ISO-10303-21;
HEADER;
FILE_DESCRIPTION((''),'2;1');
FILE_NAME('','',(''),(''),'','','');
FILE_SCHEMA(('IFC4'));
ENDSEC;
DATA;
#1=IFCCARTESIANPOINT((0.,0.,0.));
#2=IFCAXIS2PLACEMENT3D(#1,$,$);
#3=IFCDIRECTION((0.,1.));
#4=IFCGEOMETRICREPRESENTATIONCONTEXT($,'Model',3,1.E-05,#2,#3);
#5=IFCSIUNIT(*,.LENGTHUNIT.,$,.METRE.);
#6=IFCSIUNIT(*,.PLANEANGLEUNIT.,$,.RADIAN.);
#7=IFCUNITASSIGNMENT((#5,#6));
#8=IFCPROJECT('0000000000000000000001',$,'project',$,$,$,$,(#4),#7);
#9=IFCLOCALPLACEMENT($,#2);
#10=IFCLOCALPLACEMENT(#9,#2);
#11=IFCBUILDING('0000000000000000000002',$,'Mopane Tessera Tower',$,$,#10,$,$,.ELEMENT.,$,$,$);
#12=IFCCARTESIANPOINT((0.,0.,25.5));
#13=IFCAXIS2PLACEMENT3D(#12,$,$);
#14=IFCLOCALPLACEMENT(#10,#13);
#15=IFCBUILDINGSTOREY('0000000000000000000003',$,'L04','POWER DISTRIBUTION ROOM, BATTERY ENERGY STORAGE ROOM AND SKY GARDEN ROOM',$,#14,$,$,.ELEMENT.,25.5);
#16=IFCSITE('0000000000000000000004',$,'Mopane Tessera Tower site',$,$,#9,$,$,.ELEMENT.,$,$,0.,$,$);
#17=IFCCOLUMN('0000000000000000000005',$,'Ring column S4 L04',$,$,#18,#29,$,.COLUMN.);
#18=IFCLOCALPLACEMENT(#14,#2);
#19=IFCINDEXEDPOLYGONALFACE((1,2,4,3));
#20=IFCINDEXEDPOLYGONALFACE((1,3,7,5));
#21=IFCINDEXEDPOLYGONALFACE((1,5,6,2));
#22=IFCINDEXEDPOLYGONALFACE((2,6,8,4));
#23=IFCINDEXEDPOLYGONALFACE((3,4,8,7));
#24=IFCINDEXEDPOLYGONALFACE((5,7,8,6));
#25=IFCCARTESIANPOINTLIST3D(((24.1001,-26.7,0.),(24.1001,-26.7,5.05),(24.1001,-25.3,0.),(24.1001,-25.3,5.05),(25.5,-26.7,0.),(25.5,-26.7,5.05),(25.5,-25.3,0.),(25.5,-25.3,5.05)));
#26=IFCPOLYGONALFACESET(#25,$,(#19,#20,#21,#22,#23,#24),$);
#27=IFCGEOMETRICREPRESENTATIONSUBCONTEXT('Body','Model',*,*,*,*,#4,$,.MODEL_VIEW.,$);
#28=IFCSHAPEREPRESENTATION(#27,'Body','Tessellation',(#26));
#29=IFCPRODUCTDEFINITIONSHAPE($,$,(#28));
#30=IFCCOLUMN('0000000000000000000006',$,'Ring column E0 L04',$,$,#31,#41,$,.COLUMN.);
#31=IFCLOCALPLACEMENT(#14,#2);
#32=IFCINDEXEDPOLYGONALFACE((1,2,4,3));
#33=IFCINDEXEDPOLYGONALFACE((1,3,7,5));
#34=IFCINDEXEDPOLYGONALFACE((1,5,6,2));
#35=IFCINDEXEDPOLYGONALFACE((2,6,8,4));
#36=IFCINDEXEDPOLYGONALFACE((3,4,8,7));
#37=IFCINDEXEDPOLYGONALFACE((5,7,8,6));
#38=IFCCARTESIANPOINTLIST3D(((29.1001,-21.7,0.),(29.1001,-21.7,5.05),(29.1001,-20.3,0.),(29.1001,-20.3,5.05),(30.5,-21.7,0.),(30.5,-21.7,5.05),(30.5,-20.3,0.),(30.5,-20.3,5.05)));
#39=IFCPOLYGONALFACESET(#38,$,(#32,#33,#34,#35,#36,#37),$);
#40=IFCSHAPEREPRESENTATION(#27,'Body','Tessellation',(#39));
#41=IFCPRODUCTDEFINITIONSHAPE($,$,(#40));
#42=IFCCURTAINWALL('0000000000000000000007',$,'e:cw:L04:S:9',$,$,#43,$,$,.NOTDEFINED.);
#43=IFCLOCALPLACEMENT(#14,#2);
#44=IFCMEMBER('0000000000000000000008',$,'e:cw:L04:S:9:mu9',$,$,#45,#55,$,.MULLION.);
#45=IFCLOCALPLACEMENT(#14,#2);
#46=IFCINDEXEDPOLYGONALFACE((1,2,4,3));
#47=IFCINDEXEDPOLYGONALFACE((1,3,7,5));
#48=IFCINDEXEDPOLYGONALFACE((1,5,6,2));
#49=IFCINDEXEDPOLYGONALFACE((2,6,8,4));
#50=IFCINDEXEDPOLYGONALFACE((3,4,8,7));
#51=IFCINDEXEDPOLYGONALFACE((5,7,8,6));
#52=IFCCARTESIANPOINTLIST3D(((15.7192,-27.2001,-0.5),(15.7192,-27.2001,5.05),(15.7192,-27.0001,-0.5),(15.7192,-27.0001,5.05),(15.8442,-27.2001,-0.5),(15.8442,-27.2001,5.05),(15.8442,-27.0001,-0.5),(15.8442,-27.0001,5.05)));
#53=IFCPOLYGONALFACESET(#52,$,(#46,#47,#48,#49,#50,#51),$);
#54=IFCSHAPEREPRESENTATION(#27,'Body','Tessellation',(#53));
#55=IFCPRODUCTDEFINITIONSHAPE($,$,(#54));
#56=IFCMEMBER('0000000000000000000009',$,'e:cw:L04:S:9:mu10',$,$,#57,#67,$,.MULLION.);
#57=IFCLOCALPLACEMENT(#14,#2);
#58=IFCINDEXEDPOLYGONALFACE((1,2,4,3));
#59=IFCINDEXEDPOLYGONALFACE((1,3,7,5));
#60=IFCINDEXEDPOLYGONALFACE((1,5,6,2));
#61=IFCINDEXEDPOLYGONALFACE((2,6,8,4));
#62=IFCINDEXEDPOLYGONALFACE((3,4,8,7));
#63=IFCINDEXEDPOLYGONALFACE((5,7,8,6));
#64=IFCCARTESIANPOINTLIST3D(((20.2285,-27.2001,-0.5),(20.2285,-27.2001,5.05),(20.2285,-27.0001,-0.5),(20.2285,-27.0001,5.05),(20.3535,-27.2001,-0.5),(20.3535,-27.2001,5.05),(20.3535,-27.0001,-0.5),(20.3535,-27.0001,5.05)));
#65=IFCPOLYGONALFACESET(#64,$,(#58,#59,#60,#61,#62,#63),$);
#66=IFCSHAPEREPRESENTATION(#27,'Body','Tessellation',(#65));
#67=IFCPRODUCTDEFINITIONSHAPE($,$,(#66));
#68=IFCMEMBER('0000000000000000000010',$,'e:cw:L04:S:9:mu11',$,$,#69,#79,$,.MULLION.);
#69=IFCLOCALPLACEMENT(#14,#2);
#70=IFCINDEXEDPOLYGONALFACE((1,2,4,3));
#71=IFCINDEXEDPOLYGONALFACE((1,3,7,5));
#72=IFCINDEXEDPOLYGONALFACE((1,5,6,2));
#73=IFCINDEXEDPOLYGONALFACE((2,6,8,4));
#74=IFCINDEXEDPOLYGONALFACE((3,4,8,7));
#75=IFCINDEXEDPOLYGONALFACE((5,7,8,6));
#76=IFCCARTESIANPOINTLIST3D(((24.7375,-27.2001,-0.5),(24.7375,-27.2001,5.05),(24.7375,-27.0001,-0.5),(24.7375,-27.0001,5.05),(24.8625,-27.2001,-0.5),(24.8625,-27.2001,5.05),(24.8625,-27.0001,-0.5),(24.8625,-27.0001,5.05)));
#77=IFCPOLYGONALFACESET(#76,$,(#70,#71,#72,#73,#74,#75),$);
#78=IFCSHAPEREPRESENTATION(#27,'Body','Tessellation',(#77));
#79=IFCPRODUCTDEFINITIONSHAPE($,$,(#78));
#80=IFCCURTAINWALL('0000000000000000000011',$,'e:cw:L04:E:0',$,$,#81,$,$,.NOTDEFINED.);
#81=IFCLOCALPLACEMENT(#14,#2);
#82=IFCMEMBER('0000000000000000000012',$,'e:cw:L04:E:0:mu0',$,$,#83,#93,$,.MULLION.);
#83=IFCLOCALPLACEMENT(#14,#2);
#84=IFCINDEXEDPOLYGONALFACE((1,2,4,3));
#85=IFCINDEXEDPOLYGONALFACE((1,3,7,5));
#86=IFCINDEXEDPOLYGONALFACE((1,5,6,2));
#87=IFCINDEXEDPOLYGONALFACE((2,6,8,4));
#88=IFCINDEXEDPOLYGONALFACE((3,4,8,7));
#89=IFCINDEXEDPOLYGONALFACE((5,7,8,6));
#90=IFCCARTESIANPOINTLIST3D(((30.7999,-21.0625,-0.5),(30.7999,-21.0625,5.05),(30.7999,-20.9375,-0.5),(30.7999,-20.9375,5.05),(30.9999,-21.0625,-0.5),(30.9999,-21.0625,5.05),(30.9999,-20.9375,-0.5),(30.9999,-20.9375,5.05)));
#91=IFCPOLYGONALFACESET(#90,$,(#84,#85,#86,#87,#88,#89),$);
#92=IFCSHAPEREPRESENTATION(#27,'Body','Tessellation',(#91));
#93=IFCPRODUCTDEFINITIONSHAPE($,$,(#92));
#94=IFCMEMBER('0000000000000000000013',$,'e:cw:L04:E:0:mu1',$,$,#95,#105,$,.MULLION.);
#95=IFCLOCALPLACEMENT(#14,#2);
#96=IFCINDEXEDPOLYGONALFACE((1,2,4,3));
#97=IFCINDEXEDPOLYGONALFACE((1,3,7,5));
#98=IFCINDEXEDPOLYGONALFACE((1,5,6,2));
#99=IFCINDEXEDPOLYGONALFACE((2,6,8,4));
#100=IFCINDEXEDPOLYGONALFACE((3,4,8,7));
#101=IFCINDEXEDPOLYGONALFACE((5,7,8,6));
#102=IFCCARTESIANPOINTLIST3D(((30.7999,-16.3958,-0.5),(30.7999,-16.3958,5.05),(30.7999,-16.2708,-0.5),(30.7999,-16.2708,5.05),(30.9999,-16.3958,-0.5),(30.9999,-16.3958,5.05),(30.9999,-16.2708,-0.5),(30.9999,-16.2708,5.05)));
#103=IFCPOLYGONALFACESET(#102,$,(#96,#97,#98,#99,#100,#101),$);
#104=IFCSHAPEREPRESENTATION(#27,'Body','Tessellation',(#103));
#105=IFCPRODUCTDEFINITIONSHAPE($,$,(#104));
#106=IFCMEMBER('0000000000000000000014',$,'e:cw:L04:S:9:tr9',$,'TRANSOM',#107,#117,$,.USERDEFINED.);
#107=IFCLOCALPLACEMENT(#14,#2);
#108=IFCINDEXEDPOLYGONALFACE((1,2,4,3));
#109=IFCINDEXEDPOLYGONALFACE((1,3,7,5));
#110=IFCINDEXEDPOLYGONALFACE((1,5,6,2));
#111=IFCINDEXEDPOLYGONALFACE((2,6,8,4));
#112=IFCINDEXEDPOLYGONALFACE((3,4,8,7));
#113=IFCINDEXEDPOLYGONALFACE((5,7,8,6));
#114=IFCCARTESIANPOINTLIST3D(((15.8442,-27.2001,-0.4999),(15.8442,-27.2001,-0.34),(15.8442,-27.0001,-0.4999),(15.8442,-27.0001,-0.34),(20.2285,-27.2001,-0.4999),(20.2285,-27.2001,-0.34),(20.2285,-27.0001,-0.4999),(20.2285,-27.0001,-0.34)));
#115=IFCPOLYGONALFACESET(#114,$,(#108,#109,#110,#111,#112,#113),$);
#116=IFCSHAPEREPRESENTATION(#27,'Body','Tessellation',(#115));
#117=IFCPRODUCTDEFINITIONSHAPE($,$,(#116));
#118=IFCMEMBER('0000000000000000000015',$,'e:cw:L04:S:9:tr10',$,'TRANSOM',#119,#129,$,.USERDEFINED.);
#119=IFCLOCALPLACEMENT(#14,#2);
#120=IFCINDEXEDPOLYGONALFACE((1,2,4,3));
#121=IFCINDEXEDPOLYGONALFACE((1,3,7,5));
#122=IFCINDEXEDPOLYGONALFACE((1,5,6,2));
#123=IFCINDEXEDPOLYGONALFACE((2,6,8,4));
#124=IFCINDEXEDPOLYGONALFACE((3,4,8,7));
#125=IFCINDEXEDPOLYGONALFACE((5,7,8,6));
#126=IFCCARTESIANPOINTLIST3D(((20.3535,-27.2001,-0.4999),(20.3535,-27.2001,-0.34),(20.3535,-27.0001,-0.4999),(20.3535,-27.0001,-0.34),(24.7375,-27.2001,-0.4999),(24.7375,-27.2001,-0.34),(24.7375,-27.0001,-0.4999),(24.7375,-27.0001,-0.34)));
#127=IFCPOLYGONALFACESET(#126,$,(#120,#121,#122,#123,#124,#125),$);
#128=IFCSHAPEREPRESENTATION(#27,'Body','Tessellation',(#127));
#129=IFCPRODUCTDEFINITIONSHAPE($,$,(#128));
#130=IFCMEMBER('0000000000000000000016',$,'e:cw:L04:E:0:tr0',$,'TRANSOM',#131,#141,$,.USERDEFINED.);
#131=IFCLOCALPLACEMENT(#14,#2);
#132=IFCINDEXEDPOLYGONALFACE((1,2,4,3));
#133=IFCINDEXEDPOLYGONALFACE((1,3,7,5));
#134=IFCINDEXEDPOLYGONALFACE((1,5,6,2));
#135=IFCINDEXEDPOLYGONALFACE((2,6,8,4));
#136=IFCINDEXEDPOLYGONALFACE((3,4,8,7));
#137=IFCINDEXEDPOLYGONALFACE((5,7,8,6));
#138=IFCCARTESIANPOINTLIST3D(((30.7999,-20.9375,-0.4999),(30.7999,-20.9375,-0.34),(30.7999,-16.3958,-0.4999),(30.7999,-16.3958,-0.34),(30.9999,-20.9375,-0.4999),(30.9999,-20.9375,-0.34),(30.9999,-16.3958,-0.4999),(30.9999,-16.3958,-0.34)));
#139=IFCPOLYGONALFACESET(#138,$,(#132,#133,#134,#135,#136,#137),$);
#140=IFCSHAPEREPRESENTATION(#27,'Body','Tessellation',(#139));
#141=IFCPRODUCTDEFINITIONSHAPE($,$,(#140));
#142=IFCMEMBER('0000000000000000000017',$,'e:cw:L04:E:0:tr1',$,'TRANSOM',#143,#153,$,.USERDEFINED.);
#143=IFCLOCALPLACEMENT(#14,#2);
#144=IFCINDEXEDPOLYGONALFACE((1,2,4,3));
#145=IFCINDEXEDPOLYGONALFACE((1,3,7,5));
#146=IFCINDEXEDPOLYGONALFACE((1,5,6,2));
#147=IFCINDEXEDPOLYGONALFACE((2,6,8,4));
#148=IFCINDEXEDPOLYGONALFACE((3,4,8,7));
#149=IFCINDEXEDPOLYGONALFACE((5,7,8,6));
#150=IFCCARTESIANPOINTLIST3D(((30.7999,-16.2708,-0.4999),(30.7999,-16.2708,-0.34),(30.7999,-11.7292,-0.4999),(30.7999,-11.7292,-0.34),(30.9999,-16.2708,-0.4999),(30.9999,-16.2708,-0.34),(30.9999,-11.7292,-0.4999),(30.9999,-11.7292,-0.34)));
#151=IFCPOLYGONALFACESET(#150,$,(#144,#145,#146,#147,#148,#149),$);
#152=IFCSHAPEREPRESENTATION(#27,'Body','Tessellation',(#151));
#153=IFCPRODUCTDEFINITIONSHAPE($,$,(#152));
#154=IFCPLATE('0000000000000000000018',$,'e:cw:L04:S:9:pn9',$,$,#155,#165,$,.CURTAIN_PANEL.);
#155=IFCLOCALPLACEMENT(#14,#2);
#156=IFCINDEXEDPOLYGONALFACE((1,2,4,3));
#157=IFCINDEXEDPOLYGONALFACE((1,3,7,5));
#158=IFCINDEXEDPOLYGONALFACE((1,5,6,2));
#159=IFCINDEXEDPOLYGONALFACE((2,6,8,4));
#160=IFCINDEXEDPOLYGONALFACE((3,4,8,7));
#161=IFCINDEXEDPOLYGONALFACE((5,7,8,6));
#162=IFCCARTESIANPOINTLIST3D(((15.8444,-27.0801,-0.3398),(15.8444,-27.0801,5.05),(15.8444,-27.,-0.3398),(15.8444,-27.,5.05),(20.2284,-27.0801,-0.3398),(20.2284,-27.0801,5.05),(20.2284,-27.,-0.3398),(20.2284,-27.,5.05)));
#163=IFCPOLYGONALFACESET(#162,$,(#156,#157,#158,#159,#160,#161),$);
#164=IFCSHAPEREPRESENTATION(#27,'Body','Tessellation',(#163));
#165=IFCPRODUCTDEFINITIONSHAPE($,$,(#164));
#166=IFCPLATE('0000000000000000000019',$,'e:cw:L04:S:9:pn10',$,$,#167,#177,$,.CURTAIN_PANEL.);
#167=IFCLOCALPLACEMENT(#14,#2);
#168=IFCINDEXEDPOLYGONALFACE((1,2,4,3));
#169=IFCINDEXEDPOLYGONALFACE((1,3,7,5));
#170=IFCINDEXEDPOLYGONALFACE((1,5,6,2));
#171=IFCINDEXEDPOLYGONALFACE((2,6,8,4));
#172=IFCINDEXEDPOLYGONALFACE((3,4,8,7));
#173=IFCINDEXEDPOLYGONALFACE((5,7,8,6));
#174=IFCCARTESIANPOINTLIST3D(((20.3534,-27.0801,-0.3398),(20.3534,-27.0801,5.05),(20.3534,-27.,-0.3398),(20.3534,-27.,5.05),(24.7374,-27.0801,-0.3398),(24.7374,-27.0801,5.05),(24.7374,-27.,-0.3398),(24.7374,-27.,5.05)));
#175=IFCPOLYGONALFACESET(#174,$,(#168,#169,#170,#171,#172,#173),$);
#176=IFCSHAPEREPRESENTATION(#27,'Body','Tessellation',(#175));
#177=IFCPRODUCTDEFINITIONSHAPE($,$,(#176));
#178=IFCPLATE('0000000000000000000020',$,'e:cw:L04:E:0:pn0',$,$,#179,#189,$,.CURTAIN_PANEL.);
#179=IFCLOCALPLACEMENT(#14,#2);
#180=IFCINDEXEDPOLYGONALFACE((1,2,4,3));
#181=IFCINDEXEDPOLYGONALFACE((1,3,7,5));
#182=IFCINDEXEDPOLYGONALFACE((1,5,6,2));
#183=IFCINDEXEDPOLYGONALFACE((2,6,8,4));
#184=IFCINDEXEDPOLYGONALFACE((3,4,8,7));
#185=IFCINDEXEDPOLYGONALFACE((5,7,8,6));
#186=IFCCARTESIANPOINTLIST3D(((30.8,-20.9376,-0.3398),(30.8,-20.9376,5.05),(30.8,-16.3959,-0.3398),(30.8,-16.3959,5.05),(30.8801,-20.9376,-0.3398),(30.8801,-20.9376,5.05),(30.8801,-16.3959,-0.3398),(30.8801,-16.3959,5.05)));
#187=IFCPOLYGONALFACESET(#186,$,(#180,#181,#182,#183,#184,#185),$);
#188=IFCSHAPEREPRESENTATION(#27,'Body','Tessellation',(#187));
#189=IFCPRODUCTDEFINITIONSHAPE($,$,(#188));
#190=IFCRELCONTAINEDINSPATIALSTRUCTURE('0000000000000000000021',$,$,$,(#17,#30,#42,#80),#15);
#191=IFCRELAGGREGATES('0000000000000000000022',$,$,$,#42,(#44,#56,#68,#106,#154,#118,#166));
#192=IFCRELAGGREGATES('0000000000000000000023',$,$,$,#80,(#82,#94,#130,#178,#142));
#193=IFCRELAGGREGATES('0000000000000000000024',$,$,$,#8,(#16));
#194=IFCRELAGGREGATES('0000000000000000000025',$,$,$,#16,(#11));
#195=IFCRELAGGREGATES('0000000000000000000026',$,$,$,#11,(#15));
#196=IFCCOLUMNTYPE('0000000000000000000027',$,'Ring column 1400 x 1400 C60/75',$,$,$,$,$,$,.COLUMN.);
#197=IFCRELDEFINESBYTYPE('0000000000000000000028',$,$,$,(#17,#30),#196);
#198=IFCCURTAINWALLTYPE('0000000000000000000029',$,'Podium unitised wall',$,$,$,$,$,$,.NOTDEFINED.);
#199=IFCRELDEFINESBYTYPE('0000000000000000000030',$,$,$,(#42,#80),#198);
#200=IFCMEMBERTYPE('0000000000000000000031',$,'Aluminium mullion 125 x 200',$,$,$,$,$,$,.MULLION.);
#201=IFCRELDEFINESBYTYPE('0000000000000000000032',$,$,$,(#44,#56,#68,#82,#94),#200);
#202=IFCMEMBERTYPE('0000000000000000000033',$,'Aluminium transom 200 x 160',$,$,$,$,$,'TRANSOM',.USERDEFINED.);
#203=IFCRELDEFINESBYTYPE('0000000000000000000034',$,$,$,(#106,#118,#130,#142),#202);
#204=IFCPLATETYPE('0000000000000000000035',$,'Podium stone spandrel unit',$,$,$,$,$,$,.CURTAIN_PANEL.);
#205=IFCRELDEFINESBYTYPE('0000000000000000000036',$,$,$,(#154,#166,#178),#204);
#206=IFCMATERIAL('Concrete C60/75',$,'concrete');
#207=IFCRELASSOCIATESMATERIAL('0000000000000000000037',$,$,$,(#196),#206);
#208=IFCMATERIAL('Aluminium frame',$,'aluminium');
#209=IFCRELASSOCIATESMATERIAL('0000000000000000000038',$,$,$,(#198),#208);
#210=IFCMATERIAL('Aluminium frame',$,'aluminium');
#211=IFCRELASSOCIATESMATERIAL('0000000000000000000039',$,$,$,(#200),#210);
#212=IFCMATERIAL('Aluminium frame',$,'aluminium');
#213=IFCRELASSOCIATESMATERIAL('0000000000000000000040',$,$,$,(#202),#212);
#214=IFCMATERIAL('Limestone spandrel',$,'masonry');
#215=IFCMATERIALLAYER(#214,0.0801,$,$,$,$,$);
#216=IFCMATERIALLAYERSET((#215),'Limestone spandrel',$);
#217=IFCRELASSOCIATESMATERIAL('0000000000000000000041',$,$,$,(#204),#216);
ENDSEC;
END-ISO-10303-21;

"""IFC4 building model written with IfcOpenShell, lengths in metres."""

from ifc_helpers import new_model, si_unit, direction, frame, origin, origin_2d, place, context, subcontext, project, spatial, rectangle, extrude, material, layer, layer_set, material_profile, profile_set, type_object, element, aggregate, save


model = new_model("IFC4")

# Units and contexts
model_context = context("Model", 3, precision=1e-05, world=origin(), true_north=direction((0.0, 1.0)))
body_context = subcontext(model_context, "Body", "Model", "MODEL_VIEW")
ifc_project = project(units=[si_unit("LENGTHUNIT", "METRE"), si_unit("PLANEANGLEUNIT", "RADIAN")], contexts=[model_context])

# Site, building, storey
site_placement = place(None, origin())
site = spatial("IfcSite", under=ifc_project, at=site_placement, Name="Mopane Tessera Tower site", CompositionType="ELEMENT", RefElevation=0.0)
building_placement = place(site_placement, origin())
building = spatial("IfcBuilding", under=site, at=building_placement, Name="Mopane Tessera Tower", CompositionType="ELEMENT")
storey_placement = place(building_placement, frame((0.0, 0.0, 25.5)))
storey = spatial("IfcBuildingStorey", under=building, at=storey_placement, Name="L04", Description="POWER DISTRIBUTION ROOM, BATTERY ENERGY STORAGE ROOM AND SKY GARDEN ROOM", CompositionType="ELEMENT", Elevation=25.5)

# Columns
ifc_material_1 = material(Name="Concrete C60/75", Category="concrete")
ifc_material_profile_1 = material_profile(ifc_material_1, rectangle(XDim=1.3999, YDim=1.3999, at=origin_2d()))
ifc_profile_set_1 = profile_set([ifc_material_profile_1], Name="Concrete C60/75")
column_type = type_object("IfcColumnType", Name="Ring column 1400 x 1400 C60/75", PredefinedType="COLUMN", material=ifc_profile_set_1)
for number, where, z_axis, x_axis, name in (
    (1, (24.8, -26.0, 0.0), (0.0, 0.0, 1.0), (1.0, 0.0, 0.0), "Ring column S4 L04"),
    (2, (29.8, -21.0, 0.0), (0.0, 0.0, 1.0), (1.0, 0.0, 0.0), "Ring column E0 L04"),
):
    element("IfcColumn", number, at=place(storey_placement, frame(where, z_axis=z_axis, x_axis=x_axis)), inside=storey, type_object=column_type, Name=name, PredefinedType="COLUMN", context=body_context, shape_type="SweptSolid", body=[
        extrude(rectangle(XDim=1.3999, YDim=1.3999, at=origin_2d()), origin(), (0.0, 0.0, 1.0), 5.05),
    ])

# Curtain walls, members
ifc_material_2 = material(Name="Aluminium frame", Category="aluminium")
curtain_wall_type = type_object("IfcCurtainWallType", Name="Podium unitised wall", PredefinedType="NOTDEFINED", material=ifc_material_2)
curtain_wall_1_placement = place(storey_placement, origin())
curtain_wall_1 = element("IfcCurtainWall", 3, at=curtain_wall_1_placement, inside=storey, type_object=curtain_wall_type, Name="e:cw:L04:S:9", PredefinedType="NOTDEFINED")
ifc_material_3 = material(Name="Aluminium frame", Category="aluminium")
ifc_material_profile_2 = material_profile(ifc_material_3, rectangle(XDim=0.125, YDim=0.2, at=origin_2d()))
ifc_profile_set_2 = profile_set([ifc_material_profile_2], Name="Aluminium frame")
member_type_1 = type_object("IfcMemberType", Name="Aluminium mullion 125 x 200", PredefinedType="MULLION", material=ifc_profile_set_2)
member_1_placement = place(storey_placement, frame((15.7817, -27.1001, -0.5), z_axis=(0.0, 0.0, 1.0), x_axis=(1.0, 0.0, 0.0)))
member_1 = element("IfcMember", 4, at=member_1_placement, type_object=member_type_1, Name="e:cw:L04:S:9:mu9", PredefinedType="MULLION", context=body_context, shape_type="SweptSolid", body=[
    extrude(rectangle(XDim=0.125, YDim=0.2, at=origin_2d()), origin(), (0.0, 0.0, 1.0), 5.55),
])
member_2_placement = place(storey_placement, frame((20.291, -27.1001, -0.5), z_axis=(0.0, 0.0, 1.0), x_axis=(1.0, 0.0, 0.0)))
member_2 = element("IfcMember", 5, at=member_2_placement, type_object=member_type_1, Name="e:cw:L04:S:9:mu10", PredefinedType="MULLION", context=body_context, shape_type="SweptSolid", body=[
    extrude(rectangle(XDim=0.125, YDim=0.2, at=origin_2d()), origin(), (0.0, 0.0, 1.0), 5.55),
])
member_3_placement = place(storey_placement, frame((24.8, -27.1001, -0.5), z_axis=(0.0, 0.0, 1.0), x_axis=(1.0, 0.0, 0.0)))
member_3 = element("IfcMember", 6, at=member_3_placement, type_object=member_type_1, Name="e:cw:L04:S:9:mu11", PredefinedType="MULLION", context=body_context, shape_type="SweptSolid", body=[
    extrude(rectangle(XDim=0.125, YDim=0.2, at=origin_2d()), origin(), (0.0, 0.0, 1.0), 5.55),
])
curtain_wall_2_placement = place(storey_placement, origin())
curtain_wall_2 = element("IfcCurtainWall", 7, at=curtain_wall_2_placement, inside=storey, type_object=curtain_wall_type, Name="e:cw:L04:E:0", PredefinedType="NOTDEFINED")
member_4_placement = place(storey_placement, frame((30.8999, -21.0, -0.5), z_axis=(0.0, 0.0, 1.0), x_axis=(0.0, 1.0, 0.0)))
member_4 = element("IfcMember", 8, at=member_4_placement, type_object=member_type_1, Name="e:cw:L04:E:0:mu0", PredefinedType="MULLION", context=body_context, shape_type="SweptSolid", body=[
    extrude(rectangle(XDim=0.125, YDim=0.2, at=origin_2d()), origin(), (0.0, 0.0, 1.0), 5.55),
])
member_5_placement = place(storey_placement, frame((30.8999, -16.3333, -0.5), z_axis=(0.0, 0.0, 1.0), x_axis=(0.0, 1.0, 0.0)))
member_5 = element("IfcMember", 9, at=member_5_placement, type_object=member_type_1, Name="e:cw:L04:E:0:mu1", PredefinedType="MULLION", context=body_context, shape_type="SweptSolid", body=[
    extrude(rectangle(XDim=0.125, YDim=0.2, at=origin_2d()), origin(), (0.0, 0.0, 1.0), 5.55),
])

# Members
ifc_material_4 = material(Name="Aluminium frame", Category="aluminium")
ifc_material_profile_3 = material_profile(ifc_material_4, rectangle(XDim=0.2, YDim=0.1599, at=origin_2d()))
ifc_profile_set_3 = profile_set([ifc_material_profile_3], Name="Aluminium frame")
member_type_2 = type_object("IfcMemberType", Name="Aluminium transom 200 x 160", ElementType="TRANSOM", PredefinedType="USERDEFINED", material=ifc_profile_set_3)
member_6_placement = place(storey_placement, frame((15.8442, -27.1001, -0.4199), z_axis=(1.0, 0.0, 0.0), x_axis=(0.0, 1.0, 0.0)))
member_6 = element("IfcMember", 10, at=member_6_placement, type_object=member_type_2, Name="e:cw:L04:S:9:tr9", ObjectType="TRANSOM", PredefinedType="USERDEFINED", context=body_context, shape_type="SweptSolid", body=[
    extrude(rectangle(XDim=0.2, YDim=0.1599, at=origin_2d()), origin(), (0.0, 0.0, 1.0), 4.3843),
])
member_7_placement = place(storey_placement, frame((20.3535, -27.1001, -0.4199), z_axis=(1.0, 0.0, 0.0), x_axis=(0.0, 1.0, 0.0)))
member_7 = element("IfcMember", 11, at=member_7_placement, type_object=member_type_2, Name="e:cw:L04:S:9:tr10", ObjectType="TRANSOM", PredefinedType="USERDEFINED", context=body_context, shape_type="SweptSolid", body=[
    extrude(rectangle(XDim=0.2, YDim=0.1599, at=origin_2d()), origin(), (0.0, 0.0, 1.0), 4.384),
])
member_8_placement = place(storey_placement, frame((30.8999, -20.9375, -0.4199), z_axis=(0.0, 1.0, 0.0), x_axis=(-1.0, 0.0, 0.0)))
member_8 = element("IfcMember", 12, at=member_8_placement, type_object=member_type_2, Name="e:cw:L04:E:0:tr0", ObjectType="TRANSOM", PredefinedType="USERDEFINED", context=body_context, shape_type="SweptSolid", body=[
    extrude(rectangle(XDim=0.2, YDim=0.1599, at=origin_2d()), origin(), (0.0, 0.0, 1.0), 4.5417),
])
member_9_placement = place(storey_placement, frame((30.8999, -16.2708, -0.4199), z_axis=(0.0, 1.0, 0.0), x_axis=(-1.0, 0.0, 0.0)))
member_9 = element("IfcMember", 13, at=member_9_placement, type_object=member_type_2, Name="e:cw:L04:E:0:tr1", ObjectType="TRANSOM", PredefinedType="USERDEFINED", context=body_context, shape_type="SweptSolid", body=[
    extrude(rectangle(XDim=0.2, YDim=0.1599, at=origin_2d()), origin(), (0.0, 0.0, 1.0), 4.5415),
])

# Plates
ifc_material_5 = material(Name="Limestone spandrel", Category="masonry")
ifc_layer_1 = layer(ifc_material_5, 0.0801)
ifc_layer_set_1 = layer_set([ifc_layer_1], Name="Limestone spandrel")
plate_type = type_object("IfcPlateType", Name="Podium stone spandrel unit", PredefinedType="CURTAIN_PANEL", material=ifc_layer_set_1)
plate_1_placement = place(storey_placement, frame((18.0364, -27.04, -0.3398), z_axis=(0.0, 0.0, 1.0), x_axis=(1.0, 0.0, 0.0)))
plate_1 = element("IfcPlate", 14, at=plate_1_placement, type_object=plate_type, Name="e:cw:L04:S:9:pn9", PredefinedType="CURTAIN_PANEL", context=body_context, shape_type="SweptSolid", body=[
    extrude(rectangle(XDim=4.384, YDim=0.0801, at=origin_2d()), origin(), (0.0, 0.0, 1.0), 5.3899),
])
plate_2_placement = place(storey_placement, frame((22.5454, -27.04, -0.3398), z_axis=(0.0, 0.0, 1.0), x_axis=(1.0, 0.0, 0.0)))
plate_2 = element("IfcPlate", 15, at=plate_2_placement, type_object=plate_type, Name="e:cw:L04:S:9:pn10", PredefinedType="CURTAIN_PANEL", context=body_context, shape_type="SweptSolid", body=[
    extrude(rectangle(XDim=4.384, YDim=0.0801, at=origin_2d()), origin(), (0.0, 0.0, 1.0), 5.3899),
])
aggregate(curtain_wall_1, [member_1, member_2, member_3, member_6, plate_1, member_7, plate_2])
plate_3_placement = place(storey_placement, frame((30.8401, -18.6667, -0.3398), z_axis=(0.0, 0.0, 1.0), x_axis=(0.0, 1.0, 0.0)))
plate_3 = element("IfcPlate", 16, at=plate_3_placement, type_object=plate_type, Name="e:cw:L04:E:0:pn0", PredefinedType="CURTAIN_PANEL", context=body_context, shape_type="SweptSolid", body=[
    extrude(rectangle(XDim=4.5417, YDim=0.0801, at=origin_2d()), origin(), (0.0, 0.0, 1.0), 5.3899),
])
aggregate(curtain_wall_2, [member_4, member_5, member_8, plate_3, member_9])

save(model, "model.ifc")
